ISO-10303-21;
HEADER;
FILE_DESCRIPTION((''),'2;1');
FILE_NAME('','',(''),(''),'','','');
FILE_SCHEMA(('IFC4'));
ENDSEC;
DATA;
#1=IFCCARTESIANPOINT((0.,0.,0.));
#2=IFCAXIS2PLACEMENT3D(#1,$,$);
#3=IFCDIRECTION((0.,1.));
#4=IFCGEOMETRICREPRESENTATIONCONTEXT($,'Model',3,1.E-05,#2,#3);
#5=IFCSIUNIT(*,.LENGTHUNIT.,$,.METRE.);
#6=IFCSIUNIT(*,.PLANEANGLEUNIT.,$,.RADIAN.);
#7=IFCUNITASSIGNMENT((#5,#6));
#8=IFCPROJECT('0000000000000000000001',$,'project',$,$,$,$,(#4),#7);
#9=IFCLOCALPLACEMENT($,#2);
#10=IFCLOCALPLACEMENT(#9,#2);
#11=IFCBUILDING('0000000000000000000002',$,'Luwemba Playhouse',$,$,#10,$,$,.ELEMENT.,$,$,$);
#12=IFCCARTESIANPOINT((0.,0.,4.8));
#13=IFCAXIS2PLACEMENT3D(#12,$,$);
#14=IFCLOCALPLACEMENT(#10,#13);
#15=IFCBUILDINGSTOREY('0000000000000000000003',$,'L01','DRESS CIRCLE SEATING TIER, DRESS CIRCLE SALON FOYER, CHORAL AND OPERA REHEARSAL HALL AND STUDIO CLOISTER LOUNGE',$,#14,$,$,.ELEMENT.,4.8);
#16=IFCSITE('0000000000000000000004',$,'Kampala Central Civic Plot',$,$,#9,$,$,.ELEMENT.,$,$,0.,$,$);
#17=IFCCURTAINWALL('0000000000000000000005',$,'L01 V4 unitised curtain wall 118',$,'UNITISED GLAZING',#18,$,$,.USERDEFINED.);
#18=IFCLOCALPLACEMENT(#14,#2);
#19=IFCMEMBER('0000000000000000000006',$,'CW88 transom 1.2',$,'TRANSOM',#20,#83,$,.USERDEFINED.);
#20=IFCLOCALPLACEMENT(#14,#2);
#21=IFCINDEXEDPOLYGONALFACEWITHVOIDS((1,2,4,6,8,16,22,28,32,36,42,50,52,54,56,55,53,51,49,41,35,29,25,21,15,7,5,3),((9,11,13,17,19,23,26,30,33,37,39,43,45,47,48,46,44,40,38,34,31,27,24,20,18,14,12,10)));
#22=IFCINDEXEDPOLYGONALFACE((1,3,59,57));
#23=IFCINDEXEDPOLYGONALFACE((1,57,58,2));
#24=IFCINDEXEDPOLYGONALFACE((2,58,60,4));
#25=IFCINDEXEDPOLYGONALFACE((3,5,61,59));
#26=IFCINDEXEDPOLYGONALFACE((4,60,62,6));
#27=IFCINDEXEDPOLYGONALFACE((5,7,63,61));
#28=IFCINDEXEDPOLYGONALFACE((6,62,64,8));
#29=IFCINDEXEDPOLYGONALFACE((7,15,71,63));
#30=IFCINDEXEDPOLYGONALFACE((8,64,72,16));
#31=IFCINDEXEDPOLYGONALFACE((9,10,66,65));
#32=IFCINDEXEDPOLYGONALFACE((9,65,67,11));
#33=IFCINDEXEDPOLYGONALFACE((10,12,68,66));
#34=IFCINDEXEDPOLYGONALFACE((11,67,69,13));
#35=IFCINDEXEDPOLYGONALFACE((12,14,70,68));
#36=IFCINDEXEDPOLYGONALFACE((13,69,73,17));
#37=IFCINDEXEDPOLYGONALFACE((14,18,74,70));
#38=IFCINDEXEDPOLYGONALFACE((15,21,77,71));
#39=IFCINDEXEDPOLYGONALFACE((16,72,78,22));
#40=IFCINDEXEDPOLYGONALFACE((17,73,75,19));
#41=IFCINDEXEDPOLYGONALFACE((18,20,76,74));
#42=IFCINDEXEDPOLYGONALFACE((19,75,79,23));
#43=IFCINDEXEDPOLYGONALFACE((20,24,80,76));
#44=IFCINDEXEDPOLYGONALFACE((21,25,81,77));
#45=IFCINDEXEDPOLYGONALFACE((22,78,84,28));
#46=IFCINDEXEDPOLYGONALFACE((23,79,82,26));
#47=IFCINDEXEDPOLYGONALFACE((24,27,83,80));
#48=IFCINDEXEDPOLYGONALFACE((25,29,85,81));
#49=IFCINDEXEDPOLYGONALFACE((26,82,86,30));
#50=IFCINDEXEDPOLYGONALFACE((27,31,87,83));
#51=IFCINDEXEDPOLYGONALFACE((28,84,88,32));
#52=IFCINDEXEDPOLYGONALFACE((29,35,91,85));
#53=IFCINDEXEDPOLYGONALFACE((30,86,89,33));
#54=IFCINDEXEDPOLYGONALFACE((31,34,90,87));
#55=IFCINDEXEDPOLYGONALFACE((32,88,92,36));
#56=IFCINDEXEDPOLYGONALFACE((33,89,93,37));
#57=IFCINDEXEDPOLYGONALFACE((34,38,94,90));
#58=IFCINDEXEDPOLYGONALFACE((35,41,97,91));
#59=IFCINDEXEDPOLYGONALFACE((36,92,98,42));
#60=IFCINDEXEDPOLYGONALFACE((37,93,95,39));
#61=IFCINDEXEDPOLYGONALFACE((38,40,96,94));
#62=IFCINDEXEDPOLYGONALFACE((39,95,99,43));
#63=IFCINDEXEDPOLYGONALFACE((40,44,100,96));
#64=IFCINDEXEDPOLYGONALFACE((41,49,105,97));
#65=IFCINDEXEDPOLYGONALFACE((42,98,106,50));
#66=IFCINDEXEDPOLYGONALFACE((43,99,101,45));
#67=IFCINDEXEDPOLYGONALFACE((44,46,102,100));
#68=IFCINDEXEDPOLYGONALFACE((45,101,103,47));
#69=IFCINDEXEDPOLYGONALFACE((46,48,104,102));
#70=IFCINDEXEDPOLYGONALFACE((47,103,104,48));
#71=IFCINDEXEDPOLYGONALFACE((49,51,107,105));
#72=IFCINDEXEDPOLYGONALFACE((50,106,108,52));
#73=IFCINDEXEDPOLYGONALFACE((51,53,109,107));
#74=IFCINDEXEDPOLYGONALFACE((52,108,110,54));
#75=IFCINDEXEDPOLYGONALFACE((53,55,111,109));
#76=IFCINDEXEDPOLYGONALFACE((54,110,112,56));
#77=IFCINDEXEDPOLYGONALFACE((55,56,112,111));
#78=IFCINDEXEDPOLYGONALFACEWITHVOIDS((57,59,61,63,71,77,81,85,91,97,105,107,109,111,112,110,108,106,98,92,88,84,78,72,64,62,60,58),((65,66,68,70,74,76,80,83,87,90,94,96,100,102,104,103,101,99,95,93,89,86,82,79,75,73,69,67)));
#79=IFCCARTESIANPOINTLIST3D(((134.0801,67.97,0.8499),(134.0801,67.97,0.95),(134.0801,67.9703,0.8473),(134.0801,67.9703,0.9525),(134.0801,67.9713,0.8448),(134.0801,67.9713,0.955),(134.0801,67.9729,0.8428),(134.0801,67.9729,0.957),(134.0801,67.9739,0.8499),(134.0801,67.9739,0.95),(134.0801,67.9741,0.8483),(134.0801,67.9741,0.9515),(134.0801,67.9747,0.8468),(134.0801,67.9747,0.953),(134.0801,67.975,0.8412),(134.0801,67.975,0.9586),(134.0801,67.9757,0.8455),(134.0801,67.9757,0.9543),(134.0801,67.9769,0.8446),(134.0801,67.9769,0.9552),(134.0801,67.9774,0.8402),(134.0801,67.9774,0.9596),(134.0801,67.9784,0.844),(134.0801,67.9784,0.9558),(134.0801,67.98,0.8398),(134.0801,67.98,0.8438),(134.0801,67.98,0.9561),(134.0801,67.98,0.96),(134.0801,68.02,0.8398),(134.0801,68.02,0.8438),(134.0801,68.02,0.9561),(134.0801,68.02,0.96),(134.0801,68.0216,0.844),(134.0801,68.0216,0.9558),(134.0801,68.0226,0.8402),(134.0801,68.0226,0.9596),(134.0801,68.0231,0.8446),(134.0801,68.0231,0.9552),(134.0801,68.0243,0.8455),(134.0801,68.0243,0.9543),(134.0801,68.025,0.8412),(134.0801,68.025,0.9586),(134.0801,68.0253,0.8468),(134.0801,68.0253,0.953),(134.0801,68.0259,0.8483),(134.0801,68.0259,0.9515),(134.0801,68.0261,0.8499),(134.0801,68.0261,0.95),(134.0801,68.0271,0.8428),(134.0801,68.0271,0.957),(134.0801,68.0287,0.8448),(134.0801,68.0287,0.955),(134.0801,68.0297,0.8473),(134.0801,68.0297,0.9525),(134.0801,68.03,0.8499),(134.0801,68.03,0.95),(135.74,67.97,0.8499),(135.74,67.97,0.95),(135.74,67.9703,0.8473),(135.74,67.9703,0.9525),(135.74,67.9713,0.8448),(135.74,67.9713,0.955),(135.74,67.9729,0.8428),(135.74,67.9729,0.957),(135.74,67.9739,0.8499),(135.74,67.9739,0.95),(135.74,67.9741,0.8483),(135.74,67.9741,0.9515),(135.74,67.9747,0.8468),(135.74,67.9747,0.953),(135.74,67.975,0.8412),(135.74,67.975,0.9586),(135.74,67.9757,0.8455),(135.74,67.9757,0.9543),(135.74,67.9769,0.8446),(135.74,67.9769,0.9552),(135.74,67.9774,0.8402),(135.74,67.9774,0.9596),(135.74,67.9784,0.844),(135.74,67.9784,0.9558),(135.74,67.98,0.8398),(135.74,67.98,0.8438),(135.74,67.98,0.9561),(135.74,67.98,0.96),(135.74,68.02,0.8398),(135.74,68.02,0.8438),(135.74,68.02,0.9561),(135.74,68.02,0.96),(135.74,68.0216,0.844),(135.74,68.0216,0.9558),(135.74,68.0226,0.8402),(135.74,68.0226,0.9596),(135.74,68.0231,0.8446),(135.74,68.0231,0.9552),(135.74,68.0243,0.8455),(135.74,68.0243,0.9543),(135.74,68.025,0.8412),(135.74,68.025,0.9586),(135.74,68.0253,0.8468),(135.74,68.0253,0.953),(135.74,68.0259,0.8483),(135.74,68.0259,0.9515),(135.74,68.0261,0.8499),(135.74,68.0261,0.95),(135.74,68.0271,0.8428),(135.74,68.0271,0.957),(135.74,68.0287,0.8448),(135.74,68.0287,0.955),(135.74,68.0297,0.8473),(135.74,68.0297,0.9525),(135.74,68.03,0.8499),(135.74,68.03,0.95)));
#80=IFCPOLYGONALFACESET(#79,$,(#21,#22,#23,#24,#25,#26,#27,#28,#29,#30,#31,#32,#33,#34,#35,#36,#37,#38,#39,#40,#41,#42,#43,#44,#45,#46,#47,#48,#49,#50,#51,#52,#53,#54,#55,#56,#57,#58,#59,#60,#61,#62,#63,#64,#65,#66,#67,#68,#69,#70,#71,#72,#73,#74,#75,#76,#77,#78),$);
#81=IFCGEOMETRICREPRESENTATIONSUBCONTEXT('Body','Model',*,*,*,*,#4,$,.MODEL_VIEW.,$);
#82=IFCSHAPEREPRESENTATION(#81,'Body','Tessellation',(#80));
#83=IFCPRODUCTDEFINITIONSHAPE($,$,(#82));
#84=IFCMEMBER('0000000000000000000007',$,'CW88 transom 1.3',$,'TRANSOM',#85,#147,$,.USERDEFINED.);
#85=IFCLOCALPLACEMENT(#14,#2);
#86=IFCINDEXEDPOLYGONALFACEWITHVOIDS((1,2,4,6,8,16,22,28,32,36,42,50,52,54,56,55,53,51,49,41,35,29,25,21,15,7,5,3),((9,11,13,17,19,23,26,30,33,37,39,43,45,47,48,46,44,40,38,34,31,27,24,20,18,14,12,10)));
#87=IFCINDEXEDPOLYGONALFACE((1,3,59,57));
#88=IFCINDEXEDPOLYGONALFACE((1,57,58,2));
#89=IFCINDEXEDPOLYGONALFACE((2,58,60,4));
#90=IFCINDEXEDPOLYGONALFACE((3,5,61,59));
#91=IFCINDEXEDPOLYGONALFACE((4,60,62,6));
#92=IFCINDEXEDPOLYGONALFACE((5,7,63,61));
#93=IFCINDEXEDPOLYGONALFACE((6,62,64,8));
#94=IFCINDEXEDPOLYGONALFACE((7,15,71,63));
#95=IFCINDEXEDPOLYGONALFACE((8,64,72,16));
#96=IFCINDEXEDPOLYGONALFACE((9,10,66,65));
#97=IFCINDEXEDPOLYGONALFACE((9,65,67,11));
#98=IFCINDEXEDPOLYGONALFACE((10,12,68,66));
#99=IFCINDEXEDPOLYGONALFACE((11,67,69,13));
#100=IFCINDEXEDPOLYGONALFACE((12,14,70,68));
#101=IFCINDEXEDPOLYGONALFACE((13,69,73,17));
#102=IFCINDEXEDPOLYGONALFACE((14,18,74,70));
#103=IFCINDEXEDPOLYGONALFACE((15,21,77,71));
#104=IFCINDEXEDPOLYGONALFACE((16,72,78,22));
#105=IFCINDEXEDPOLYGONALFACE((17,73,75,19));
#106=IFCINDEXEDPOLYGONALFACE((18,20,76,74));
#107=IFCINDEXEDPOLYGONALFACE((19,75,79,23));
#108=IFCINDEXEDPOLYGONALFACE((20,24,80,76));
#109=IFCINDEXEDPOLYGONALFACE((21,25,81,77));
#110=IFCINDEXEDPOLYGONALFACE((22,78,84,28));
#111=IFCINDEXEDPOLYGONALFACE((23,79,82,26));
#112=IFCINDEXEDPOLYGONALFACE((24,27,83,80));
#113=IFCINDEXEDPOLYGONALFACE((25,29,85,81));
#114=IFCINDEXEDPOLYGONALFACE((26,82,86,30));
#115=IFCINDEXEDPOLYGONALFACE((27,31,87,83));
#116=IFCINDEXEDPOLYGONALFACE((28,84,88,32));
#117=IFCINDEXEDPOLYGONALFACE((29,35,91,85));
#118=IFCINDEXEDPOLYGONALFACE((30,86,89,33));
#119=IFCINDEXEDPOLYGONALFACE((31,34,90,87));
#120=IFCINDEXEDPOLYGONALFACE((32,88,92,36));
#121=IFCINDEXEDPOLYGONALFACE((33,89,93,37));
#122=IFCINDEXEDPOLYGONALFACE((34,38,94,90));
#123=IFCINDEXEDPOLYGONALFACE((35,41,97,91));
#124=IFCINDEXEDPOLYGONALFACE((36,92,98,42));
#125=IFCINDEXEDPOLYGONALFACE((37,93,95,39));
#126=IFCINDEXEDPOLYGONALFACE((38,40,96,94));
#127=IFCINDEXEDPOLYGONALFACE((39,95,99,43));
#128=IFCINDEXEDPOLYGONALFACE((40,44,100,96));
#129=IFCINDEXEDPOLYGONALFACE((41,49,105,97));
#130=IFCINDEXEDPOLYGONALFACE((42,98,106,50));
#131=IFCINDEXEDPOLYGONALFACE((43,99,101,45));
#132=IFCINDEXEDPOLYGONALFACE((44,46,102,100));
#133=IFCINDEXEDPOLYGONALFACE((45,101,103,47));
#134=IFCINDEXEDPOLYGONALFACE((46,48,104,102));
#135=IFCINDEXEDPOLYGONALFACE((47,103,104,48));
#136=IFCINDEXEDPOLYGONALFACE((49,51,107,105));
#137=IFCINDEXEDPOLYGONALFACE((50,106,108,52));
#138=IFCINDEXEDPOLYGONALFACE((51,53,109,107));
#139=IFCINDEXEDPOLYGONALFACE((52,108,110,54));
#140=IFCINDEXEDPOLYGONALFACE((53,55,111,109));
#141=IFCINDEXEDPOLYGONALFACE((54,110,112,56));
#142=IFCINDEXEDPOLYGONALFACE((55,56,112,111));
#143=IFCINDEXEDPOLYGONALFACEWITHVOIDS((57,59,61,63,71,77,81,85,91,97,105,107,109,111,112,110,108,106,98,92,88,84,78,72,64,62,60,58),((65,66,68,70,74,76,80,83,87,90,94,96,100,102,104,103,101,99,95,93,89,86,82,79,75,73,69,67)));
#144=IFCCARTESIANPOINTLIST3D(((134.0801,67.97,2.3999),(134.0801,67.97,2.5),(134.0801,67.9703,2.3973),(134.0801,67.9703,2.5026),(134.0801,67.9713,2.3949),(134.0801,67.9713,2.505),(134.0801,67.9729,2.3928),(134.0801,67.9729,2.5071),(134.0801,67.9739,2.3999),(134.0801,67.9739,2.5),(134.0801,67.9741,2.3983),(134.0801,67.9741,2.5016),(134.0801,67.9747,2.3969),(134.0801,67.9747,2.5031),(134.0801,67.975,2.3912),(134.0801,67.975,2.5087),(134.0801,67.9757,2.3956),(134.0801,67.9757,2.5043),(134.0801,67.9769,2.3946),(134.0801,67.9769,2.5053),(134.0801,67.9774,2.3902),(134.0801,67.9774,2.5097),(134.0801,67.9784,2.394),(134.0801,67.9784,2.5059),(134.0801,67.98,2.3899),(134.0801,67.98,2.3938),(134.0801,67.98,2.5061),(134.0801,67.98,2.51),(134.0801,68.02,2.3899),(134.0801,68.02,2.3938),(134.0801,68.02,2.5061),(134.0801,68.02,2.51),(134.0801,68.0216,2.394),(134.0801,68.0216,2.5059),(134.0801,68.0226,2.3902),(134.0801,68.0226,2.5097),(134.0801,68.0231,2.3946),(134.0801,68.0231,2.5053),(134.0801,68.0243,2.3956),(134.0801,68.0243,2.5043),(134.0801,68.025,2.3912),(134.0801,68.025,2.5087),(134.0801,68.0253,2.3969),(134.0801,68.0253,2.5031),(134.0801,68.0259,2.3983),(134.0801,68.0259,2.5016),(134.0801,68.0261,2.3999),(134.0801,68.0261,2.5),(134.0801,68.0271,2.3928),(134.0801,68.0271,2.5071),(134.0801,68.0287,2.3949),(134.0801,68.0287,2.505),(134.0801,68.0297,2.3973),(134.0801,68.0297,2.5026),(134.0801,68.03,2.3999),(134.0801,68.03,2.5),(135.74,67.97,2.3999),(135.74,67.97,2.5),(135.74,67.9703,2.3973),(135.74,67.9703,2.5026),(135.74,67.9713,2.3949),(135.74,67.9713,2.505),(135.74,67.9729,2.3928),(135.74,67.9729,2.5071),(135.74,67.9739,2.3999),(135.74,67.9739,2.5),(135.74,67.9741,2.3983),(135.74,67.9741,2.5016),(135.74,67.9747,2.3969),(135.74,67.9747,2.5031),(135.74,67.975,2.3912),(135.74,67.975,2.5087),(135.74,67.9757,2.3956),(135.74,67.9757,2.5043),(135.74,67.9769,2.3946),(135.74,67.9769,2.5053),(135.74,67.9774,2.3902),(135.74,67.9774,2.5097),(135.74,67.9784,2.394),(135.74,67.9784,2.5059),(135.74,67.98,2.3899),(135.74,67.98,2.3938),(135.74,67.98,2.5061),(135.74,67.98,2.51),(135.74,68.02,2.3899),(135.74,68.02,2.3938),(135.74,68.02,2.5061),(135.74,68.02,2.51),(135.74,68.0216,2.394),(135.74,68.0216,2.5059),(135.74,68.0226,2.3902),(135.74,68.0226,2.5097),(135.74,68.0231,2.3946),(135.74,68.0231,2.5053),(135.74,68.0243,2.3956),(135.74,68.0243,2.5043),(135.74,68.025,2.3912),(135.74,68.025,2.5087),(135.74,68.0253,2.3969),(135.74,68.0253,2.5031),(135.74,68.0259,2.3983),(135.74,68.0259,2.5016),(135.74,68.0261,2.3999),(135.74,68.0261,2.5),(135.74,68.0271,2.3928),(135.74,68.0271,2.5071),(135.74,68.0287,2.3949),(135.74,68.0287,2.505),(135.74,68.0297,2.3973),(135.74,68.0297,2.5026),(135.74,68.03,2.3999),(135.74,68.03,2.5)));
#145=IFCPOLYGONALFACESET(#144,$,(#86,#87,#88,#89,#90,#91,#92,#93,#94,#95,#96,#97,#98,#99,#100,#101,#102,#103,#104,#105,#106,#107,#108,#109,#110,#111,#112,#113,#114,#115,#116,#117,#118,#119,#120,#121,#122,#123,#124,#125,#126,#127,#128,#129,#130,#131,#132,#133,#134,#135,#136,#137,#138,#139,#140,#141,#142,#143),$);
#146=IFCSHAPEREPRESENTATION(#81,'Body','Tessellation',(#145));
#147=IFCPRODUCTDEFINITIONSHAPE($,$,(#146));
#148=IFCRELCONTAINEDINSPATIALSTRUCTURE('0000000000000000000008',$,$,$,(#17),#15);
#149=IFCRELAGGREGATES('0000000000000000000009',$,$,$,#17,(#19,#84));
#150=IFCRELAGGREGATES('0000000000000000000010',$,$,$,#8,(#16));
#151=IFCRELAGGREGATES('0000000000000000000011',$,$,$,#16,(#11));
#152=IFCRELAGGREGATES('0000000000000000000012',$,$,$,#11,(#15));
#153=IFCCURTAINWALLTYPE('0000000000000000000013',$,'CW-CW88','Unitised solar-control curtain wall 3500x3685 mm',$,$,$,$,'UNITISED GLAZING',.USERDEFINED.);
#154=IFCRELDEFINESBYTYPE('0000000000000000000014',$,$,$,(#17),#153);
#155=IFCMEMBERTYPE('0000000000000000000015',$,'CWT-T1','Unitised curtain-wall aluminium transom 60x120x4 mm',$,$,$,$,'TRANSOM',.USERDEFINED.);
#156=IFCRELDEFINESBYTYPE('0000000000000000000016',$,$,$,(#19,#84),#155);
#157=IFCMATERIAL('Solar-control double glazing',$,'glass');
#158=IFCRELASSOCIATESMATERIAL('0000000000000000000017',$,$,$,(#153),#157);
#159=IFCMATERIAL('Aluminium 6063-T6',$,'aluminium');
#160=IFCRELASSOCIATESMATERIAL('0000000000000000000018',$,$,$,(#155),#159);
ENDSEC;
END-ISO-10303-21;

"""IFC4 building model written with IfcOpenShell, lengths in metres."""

from ifc_helpers import new_model, si_unit, direction, frame, origin, origin_2d, place, context, subcontext, project, spatial, hollow_rectangle, extrude, material, material_profile, profile_set, type_object, element, aggregate, save


model = new_model("IFC4")

# Units and contexts
model_context = context("Model", 3, precision=1e-05, world=origin(), true_north=direction((0.0, 1.0)))
body_context = subcontext(model_context, "Body", "Model", "MODEL_VIEW")
ifc_project = project(units=[si_unit("LENGTHUNIT", "METRE"), si_unit("PLANEANGLEUNIT", "RADIAN")], contexts=[model_context])

# Site, building, storey
site_placement = place(None, origin())
site = spatial("IfcSite", under=ifc_project, at=site_placement, Name="Kampala Central Civic Plot", CompositionType="ELEMENT", RefElevation=0.0)
building_placement = place(site_placement, origin())
building = spatial("IfcBuilding", under=site, at=building_placement, Name="Luwemba Playhouse", CompositionType="ELEMENT")
storey_placement = place(building_placement, frame((0.0, 0.0, 4.8)))
storey = spatial("IfcBuildingStorey", under=building, at=storey_placement, Name="L01", Description="DRESS CIRCLE SEATING TIER, DRESS CIRCLE SALON FOYER, CHORAL AND OPERA REHEARSAL HALL AND STUDIO CLOISTER LOUNGE", CompositionType="ELEMENT", Elevation=4.8)

# Curtain wall, members
ifc_material_1 = material(Name="Solar-control double glazing", Category="glass")
curtain_wall_type = type_object("IfcCurtainWallType", Name="CW-CW88", Description="Unitised solar-control curtain wall 3500x3685 mm", ElementType="UNITISED GLAZING", PredefinedType="USERDEFINED", material=ifc_material_1)
curtain_wall_placement = place(storey_placement, origin())
curtain_wall = element("IfcCurtainWall", 1, at=curtain_wall_placement, inside=storey, type_object=curtain_wall_type, Name="L01 V4 unitised curtain wall 118", ObjectType="UNITISED GLAZING", PredefinedType="USERDEFINED")
ifc_material_2 = material(Name="Aluminium 6063-T6", Category="aluminium")
ifc_material_profile_1 = material_profile(ifc_material_2, hollow_rectangle(XDim=0.0601, YDim=0.1201, WallThickness=0.0039, InnerFilletRadius=0.0061, OuterFilletRadius=0.01, at=origin_2d()))
ifc_profile_set_1 = profile_set([ifc_material_profile_1], Name="Aluminium 6063-T6")
member_type_1 = type_object("IfcMemberType", Name="CWT-T1", Description="Unitised curtain-wall aluminium transom 60x120x4 mm", ElementType="TRANSOM", PredefinedType="USERDEFINED", material=ifc_profile_set_1)
member_1_placement = place(storey_placement, frame((135.74, 68.0, 0.8999), z_axis=(-1.0, 0.0, 0.0), x_axis=(0.0, -1.0, 0.0)))
member_1 = element("IfcMember", 2, at=member_1_placement, type_object=member_type_1, Name="CW88 transom 1.2", ObjectType="TRANSOM", PredefinedType="USERDEFINED", context=body_context, shape_type="SweptSolid", body=[
    extrude(hollow_rectangle(XDim=0.0601, YDim=0.1201, WallThickness=0.0039, InnerFilletRadius=0.0061, OuterFilletRadius=0.01, at=origin_2d()), origin(), (0.0, 0.0, 1.0), 1.6599),
])
member_2_placement = place(storey_placement, frame((135.74, 68.0, 2.45), z_axis=(-1.0, 0.0, 0.0), x_axis=(0.0, -1.0, 0.0)))
member_2 = element("IfcMember", 3, at=member_2_placement, type_object=member_type_1, Name="CW88 transom 1.3", ObjectType="TRANSOM", PredefinedType="USERDEFINED", context=body_context, shape_type="SweptSolid", body=[
    extrude(hollow_rectangle(XDim=0.0601, YDim=0.1201, WallThickness=0.0039, InnerFilletRadius=0.0061, OuterFilletRadius=0.01, at=origin_2d()), origin(), (0.0, 0.0, 1.0), 1.6599),
])
aggregate(curtain_wall, [member_1, member_2])

save(model, "model.ifc")
